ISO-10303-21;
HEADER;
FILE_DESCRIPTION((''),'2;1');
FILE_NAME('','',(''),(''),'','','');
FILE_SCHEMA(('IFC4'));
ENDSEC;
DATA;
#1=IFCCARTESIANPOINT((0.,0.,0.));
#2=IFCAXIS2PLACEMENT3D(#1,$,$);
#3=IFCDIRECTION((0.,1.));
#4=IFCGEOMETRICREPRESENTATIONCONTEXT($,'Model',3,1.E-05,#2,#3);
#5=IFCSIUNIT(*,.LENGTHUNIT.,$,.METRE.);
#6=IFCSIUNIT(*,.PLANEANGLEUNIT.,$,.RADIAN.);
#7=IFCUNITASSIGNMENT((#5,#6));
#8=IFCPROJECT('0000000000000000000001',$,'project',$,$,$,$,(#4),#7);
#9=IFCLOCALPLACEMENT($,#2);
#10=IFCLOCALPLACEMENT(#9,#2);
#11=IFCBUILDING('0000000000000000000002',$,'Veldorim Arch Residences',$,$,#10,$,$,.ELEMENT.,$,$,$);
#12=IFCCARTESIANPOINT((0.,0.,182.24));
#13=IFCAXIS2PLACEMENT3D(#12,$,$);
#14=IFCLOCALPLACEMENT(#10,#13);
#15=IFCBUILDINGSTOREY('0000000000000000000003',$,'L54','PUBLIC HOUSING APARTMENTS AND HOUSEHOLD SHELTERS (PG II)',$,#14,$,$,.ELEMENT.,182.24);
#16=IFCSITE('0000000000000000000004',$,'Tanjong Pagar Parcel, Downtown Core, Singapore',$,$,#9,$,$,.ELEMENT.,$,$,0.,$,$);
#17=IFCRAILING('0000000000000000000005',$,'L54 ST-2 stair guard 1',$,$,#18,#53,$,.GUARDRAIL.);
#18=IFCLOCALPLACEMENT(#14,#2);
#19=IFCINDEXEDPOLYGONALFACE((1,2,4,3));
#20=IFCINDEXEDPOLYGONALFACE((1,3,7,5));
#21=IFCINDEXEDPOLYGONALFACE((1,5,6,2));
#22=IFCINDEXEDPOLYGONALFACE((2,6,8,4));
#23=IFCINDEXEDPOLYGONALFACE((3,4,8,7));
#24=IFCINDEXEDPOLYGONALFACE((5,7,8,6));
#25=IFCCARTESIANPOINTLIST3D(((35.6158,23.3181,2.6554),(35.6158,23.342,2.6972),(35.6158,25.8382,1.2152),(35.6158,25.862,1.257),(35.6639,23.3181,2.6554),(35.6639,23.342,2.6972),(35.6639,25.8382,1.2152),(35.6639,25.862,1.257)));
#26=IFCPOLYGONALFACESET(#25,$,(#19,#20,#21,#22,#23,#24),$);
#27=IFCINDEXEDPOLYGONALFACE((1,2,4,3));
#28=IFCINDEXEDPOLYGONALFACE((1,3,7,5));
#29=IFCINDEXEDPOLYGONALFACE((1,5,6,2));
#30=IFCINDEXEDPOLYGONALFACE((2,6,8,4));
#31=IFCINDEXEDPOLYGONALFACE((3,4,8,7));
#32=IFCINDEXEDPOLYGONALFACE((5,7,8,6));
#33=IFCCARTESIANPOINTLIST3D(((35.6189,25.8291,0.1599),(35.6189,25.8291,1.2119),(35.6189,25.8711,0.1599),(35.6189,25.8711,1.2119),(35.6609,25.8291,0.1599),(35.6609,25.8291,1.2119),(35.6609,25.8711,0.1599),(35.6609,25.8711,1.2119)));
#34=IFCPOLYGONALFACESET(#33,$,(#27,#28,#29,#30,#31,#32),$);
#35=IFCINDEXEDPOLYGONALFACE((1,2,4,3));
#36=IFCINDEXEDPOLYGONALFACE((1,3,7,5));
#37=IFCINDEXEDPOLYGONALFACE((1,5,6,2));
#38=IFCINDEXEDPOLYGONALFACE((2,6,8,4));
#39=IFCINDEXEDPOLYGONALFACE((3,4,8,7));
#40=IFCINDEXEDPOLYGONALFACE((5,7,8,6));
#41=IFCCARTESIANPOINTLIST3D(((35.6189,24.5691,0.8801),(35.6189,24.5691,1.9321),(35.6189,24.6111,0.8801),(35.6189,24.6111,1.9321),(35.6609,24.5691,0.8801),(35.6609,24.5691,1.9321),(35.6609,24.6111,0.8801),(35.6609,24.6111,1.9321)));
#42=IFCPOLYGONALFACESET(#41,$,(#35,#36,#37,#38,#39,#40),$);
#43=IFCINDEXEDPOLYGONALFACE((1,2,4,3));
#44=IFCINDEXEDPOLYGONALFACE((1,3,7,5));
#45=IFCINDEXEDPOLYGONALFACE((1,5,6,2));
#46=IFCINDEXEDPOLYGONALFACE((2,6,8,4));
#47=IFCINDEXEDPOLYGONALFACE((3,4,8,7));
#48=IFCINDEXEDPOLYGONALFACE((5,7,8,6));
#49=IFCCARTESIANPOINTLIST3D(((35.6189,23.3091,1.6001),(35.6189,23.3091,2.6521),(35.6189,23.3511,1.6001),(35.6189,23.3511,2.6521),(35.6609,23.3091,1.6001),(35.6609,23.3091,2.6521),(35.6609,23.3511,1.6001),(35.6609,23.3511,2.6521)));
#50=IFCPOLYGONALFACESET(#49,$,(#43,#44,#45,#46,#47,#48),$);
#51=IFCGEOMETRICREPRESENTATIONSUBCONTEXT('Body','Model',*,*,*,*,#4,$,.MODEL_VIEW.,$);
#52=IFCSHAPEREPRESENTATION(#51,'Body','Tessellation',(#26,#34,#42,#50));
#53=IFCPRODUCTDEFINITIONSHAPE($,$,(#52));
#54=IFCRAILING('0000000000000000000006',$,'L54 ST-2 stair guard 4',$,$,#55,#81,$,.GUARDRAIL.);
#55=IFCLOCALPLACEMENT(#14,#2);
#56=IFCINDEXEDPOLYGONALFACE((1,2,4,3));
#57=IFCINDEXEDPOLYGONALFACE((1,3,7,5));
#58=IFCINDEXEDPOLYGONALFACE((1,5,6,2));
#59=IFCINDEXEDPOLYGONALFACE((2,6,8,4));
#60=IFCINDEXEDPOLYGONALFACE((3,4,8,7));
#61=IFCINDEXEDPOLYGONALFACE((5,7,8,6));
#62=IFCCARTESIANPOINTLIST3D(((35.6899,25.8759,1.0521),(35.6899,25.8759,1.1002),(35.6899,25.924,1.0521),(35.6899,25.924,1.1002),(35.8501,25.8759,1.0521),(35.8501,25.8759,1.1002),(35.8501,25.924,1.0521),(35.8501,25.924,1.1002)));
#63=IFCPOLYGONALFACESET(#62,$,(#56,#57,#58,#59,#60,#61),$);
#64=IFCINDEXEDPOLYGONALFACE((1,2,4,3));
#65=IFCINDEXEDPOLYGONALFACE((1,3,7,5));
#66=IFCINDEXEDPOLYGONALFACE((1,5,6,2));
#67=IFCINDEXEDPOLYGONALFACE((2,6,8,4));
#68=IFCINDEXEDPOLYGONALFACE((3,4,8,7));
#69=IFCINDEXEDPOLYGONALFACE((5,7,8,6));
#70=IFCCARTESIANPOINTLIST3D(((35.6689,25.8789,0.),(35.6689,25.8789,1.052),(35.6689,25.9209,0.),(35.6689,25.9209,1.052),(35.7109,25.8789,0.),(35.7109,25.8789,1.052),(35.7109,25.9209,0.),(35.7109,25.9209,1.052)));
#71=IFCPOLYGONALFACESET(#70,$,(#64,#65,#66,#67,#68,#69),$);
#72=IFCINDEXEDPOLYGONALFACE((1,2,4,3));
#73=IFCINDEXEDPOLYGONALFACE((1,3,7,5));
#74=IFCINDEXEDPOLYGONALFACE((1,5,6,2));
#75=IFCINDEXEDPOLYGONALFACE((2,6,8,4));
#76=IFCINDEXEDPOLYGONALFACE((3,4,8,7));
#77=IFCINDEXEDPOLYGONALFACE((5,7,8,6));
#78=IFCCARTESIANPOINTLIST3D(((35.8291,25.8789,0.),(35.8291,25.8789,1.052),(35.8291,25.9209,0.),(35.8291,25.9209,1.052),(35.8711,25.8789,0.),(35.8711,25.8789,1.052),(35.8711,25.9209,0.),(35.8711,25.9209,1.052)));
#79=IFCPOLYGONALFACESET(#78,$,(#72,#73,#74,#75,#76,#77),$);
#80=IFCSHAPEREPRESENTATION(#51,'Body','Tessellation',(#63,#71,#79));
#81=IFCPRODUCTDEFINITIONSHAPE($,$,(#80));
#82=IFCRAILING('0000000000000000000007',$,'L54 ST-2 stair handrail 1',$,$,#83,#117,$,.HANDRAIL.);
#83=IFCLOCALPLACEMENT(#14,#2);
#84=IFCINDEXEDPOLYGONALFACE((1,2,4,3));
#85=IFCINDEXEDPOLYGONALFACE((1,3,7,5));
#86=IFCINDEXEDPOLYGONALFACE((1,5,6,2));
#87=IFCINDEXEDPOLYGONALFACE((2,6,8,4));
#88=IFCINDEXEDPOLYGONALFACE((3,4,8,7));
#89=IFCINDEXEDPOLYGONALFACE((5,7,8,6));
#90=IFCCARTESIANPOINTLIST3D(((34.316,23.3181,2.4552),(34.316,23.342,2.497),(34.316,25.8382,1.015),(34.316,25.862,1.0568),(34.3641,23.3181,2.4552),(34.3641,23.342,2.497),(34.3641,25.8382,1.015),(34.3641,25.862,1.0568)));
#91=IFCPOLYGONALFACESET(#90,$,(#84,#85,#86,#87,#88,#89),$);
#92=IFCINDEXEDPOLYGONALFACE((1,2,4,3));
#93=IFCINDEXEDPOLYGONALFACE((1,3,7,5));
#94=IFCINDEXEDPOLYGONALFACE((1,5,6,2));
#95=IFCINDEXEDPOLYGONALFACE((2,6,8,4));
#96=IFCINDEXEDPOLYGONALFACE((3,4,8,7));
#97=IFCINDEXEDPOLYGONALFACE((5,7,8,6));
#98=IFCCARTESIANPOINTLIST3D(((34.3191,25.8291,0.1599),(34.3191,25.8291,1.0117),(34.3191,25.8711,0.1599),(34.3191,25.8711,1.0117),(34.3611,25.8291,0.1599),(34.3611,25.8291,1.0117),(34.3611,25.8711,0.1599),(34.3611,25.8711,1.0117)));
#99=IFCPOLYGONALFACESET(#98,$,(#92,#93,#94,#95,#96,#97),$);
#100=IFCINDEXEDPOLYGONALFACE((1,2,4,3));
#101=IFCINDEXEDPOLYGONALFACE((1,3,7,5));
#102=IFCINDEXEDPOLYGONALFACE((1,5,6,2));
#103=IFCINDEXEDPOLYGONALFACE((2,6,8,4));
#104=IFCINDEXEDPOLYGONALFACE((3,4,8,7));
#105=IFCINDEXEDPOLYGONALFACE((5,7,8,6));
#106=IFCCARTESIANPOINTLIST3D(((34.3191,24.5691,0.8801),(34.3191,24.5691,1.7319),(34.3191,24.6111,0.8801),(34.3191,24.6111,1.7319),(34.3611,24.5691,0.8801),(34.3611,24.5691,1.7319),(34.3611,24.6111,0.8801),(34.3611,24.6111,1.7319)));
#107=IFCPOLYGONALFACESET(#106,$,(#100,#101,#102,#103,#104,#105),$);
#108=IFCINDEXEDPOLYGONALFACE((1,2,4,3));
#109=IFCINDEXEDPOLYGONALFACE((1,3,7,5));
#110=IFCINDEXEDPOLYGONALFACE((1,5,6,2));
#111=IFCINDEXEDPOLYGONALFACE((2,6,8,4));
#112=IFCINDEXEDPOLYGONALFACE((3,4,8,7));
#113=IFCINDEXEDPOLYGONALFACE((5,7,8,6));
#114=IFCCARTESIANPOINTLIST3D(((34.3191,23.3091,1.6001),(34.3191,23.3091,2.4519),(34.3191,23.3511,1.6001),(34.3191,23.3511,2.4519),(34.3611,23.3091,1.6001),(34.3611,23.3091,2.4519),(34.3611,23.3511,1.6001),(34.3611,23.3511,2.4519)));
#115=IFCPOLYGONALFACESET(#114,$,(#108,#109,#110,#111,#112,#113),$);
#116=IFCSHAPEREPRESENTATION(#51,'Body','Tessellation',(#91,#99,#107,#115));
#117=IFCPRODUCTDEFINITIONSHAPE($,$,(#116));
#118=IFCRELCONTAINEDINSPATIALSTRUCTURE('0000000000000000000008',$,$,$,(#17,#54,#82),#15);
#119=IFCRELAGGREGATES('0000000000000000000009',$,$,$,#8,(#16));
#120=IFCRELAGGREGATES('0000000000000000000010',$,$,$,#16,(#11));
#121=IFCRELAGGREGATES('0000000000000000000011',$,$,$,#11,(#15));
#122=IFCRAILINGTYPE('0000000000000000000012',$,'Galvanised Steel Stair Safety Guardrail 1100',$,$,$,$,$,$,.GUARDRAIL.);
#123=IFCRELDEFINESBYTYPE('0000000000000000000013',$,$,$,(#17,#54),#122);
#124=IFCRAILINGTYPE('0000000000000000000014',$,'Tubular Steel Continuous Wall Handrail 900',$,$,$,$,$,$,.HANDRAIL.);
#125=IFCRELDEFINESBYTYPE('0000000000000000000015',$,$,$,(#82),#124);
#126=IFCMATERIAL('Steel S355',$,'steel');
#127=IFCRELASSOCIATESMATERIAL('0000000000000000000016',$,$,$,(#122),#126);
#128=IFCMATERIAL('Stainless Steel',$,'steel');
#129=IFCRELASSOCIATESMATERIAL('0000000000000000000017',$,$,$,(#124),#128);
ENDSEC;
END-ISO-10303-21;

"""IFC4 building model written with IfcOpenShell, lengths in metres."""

from ifc_helpers import new_model, si_unit, direction, frame, origin, origin_2d, place, context, subcontext, project, spatial, rectangle, extrude, material, type_object, element, save


model = new_model("IFC4")

# Units and contexts
model_context = context("Model", 3, precision=1e-05, world=origin(), true_north=direction((0.0, 1.0)))
body_context = subcontext(model_context, "Body", "Model", "MODEL_VIEW")
ifc_project = project(units=[si_unit("LENGTHUNIT", "METRE"), si_unit("PLANEANGLEUNIT", "RADIAN")], contexts=[model_context])

# Site, building, storey
site_placement = place(None, origin())
site = spatial("IfcSite", under=ifc_project, at=site_placement, Name="Tanjong Pagar Parcel, Downtown Core, Singapore", CompositionType="ELEMENT", RefElevation=0.0)
building_placement = place(site_placement, origin())
building = spatial("IfcBuilding", under=site, at=building_placement, Name="Veldorim Arch Residences", CompositionType="ELEMENT")
storey_placement = place(building_placement, frame((0.0, 0.0, 182.24)))
storey = spatial("IfcBuildingStorey", under=building, at=storey_placement, Name="L54", Description="PUBLIC HOUSING APARTMENTS AND HOUSEHOLD SHELTERS (PG II)", CompositionType="ELEMENT", Elevation=182.24)

# Railings
ifc_material_1 = material(Name="Steel S355", Category="steel")
railing_type_1 = type_object("IfcRailingType", Name="Galvanised Steel Stair Safety Guardrail 1100", PredefinedType="GUARDRAIL", material=ifc_material_1)
railing_1_placement = place(storey_placement, frame((35.6399, 25.8501, 0.1599)))
element("IfcRailing", 1, at=railing_1_placement, inside=storey, type_object=railing_type_1, Name="L54 ST-2 stair guard 1", PredefinedType="GUARDRAIL", context=body_context, shape_type="SweptSolid", body=[
    extrude(rectangle(XDim=0.0481, YDim=0.0481, at=origin_2d()), frame((0.0, 0.0, 1.0762), z_axis=(0.0, -0.868217, 0.496184), x_axis=(1.0, 0.0, 0.0)), (0.0, 0.0, 1.0), 2.9026),
    extrude(rectangle(XDim=0.042, YDim=0.042, at=origin_2d()), origin(), (0.0, 0.0, 1.0), 1.052),
    extrude(rectangle(XDim=0.042, YDim=0.042, at=origin_2d()), frame((0.0, -1.26, 0.7202)), (0.0, 0.0, 1.0), 1.052),
    extrude(rectangle(XDim=0.042, YDim=0.042, at=origin_2d()), frame((0.0, -2.52, 1.4402)), (0.0, 0.0, 1.0), 1.052),
])
railing_2_placement = place(storey_placement, frame((35.6899, 25.8999, 0.0)))
element("IfcRailing", 2, at=railing_2_placement, inside=storey, type_object=railing_type_1, Name="L54 ST-2 stair guard 4", PredefinedType="GUARDRAIL", context=body_context, shape_type="SweptSolid", body=[
    extrude(rectangle(XDim=0.0481, YDim=0.0481, at=origin_2d()), frame((0.0, 0.0, 1.0762), z_axis=(1.0, 0.0, 0.0), x_axis=(0.0, 1.0, 0.0)), (0.0, 0.0, 1.0), 0.1602),
    extrude(rectangle(XDim=0.042, YDim=0.042, at=origin_2d()), origin(), (0.0, 0.0, 1.0), 1.052),
    extrude(rectangle(XDim=0.042, YDim=0.042, at=origin_2d()), frame((0.1602, 0.0, 0.0)), (0.0, 0.0, 1.0), 1.052),
])
ifc_material_2 = material(Name="Stainless Steel", Category="steel")
railing_type_2 = type_object("IfcRailingType", Name="Tubular Steel Continuous Wall Handrail 900", PredefinedType="HANDRAIL", material=ifc_material_2)
railing_3_placement = place(storey_placement, frame((34.3401, 25.8501, 0.1599)))
element("IfcRailing", 3, at=railing_3_placement, inside=storey, type_object=railing_type_2, Name="L54 ST-2 stair handrail 1", PredefinedType="HANDRAIL", context=body_context, shape_type="SweptSolid", body=[
    extrude(rectangle(XDim=0.0481, YDim=0.0481, at=origin_2d()), frame((0.0, 0.0, 0.876), z_axis=(0.0, -0.868217, 0.496184), x_axis=(1.0, 0.0, 0.0)), (0.0, 0.0, 1.0), 2.9026),
    extrude(rectangle(XDim=0.042, YDim=0.042, at=origin_2d()), origin(), (0.0, 0.0, 1.0), 0.8518),
    extrude(rectangle(XDim=0.042, YDim=0.042, at=origin_2d()), frame((0.0, -1.26, 0.7202)), (0.0, 0.0, 1.0), 0.8518),
    extrude(rectangle(XDim=0.042, YDim=0.042, at=origin_2d()), frame((0.0, -2.52, 1.4402)), (0.0, 0.0, 1.0), 0.8518),
])

save(model, "model.ifc")
